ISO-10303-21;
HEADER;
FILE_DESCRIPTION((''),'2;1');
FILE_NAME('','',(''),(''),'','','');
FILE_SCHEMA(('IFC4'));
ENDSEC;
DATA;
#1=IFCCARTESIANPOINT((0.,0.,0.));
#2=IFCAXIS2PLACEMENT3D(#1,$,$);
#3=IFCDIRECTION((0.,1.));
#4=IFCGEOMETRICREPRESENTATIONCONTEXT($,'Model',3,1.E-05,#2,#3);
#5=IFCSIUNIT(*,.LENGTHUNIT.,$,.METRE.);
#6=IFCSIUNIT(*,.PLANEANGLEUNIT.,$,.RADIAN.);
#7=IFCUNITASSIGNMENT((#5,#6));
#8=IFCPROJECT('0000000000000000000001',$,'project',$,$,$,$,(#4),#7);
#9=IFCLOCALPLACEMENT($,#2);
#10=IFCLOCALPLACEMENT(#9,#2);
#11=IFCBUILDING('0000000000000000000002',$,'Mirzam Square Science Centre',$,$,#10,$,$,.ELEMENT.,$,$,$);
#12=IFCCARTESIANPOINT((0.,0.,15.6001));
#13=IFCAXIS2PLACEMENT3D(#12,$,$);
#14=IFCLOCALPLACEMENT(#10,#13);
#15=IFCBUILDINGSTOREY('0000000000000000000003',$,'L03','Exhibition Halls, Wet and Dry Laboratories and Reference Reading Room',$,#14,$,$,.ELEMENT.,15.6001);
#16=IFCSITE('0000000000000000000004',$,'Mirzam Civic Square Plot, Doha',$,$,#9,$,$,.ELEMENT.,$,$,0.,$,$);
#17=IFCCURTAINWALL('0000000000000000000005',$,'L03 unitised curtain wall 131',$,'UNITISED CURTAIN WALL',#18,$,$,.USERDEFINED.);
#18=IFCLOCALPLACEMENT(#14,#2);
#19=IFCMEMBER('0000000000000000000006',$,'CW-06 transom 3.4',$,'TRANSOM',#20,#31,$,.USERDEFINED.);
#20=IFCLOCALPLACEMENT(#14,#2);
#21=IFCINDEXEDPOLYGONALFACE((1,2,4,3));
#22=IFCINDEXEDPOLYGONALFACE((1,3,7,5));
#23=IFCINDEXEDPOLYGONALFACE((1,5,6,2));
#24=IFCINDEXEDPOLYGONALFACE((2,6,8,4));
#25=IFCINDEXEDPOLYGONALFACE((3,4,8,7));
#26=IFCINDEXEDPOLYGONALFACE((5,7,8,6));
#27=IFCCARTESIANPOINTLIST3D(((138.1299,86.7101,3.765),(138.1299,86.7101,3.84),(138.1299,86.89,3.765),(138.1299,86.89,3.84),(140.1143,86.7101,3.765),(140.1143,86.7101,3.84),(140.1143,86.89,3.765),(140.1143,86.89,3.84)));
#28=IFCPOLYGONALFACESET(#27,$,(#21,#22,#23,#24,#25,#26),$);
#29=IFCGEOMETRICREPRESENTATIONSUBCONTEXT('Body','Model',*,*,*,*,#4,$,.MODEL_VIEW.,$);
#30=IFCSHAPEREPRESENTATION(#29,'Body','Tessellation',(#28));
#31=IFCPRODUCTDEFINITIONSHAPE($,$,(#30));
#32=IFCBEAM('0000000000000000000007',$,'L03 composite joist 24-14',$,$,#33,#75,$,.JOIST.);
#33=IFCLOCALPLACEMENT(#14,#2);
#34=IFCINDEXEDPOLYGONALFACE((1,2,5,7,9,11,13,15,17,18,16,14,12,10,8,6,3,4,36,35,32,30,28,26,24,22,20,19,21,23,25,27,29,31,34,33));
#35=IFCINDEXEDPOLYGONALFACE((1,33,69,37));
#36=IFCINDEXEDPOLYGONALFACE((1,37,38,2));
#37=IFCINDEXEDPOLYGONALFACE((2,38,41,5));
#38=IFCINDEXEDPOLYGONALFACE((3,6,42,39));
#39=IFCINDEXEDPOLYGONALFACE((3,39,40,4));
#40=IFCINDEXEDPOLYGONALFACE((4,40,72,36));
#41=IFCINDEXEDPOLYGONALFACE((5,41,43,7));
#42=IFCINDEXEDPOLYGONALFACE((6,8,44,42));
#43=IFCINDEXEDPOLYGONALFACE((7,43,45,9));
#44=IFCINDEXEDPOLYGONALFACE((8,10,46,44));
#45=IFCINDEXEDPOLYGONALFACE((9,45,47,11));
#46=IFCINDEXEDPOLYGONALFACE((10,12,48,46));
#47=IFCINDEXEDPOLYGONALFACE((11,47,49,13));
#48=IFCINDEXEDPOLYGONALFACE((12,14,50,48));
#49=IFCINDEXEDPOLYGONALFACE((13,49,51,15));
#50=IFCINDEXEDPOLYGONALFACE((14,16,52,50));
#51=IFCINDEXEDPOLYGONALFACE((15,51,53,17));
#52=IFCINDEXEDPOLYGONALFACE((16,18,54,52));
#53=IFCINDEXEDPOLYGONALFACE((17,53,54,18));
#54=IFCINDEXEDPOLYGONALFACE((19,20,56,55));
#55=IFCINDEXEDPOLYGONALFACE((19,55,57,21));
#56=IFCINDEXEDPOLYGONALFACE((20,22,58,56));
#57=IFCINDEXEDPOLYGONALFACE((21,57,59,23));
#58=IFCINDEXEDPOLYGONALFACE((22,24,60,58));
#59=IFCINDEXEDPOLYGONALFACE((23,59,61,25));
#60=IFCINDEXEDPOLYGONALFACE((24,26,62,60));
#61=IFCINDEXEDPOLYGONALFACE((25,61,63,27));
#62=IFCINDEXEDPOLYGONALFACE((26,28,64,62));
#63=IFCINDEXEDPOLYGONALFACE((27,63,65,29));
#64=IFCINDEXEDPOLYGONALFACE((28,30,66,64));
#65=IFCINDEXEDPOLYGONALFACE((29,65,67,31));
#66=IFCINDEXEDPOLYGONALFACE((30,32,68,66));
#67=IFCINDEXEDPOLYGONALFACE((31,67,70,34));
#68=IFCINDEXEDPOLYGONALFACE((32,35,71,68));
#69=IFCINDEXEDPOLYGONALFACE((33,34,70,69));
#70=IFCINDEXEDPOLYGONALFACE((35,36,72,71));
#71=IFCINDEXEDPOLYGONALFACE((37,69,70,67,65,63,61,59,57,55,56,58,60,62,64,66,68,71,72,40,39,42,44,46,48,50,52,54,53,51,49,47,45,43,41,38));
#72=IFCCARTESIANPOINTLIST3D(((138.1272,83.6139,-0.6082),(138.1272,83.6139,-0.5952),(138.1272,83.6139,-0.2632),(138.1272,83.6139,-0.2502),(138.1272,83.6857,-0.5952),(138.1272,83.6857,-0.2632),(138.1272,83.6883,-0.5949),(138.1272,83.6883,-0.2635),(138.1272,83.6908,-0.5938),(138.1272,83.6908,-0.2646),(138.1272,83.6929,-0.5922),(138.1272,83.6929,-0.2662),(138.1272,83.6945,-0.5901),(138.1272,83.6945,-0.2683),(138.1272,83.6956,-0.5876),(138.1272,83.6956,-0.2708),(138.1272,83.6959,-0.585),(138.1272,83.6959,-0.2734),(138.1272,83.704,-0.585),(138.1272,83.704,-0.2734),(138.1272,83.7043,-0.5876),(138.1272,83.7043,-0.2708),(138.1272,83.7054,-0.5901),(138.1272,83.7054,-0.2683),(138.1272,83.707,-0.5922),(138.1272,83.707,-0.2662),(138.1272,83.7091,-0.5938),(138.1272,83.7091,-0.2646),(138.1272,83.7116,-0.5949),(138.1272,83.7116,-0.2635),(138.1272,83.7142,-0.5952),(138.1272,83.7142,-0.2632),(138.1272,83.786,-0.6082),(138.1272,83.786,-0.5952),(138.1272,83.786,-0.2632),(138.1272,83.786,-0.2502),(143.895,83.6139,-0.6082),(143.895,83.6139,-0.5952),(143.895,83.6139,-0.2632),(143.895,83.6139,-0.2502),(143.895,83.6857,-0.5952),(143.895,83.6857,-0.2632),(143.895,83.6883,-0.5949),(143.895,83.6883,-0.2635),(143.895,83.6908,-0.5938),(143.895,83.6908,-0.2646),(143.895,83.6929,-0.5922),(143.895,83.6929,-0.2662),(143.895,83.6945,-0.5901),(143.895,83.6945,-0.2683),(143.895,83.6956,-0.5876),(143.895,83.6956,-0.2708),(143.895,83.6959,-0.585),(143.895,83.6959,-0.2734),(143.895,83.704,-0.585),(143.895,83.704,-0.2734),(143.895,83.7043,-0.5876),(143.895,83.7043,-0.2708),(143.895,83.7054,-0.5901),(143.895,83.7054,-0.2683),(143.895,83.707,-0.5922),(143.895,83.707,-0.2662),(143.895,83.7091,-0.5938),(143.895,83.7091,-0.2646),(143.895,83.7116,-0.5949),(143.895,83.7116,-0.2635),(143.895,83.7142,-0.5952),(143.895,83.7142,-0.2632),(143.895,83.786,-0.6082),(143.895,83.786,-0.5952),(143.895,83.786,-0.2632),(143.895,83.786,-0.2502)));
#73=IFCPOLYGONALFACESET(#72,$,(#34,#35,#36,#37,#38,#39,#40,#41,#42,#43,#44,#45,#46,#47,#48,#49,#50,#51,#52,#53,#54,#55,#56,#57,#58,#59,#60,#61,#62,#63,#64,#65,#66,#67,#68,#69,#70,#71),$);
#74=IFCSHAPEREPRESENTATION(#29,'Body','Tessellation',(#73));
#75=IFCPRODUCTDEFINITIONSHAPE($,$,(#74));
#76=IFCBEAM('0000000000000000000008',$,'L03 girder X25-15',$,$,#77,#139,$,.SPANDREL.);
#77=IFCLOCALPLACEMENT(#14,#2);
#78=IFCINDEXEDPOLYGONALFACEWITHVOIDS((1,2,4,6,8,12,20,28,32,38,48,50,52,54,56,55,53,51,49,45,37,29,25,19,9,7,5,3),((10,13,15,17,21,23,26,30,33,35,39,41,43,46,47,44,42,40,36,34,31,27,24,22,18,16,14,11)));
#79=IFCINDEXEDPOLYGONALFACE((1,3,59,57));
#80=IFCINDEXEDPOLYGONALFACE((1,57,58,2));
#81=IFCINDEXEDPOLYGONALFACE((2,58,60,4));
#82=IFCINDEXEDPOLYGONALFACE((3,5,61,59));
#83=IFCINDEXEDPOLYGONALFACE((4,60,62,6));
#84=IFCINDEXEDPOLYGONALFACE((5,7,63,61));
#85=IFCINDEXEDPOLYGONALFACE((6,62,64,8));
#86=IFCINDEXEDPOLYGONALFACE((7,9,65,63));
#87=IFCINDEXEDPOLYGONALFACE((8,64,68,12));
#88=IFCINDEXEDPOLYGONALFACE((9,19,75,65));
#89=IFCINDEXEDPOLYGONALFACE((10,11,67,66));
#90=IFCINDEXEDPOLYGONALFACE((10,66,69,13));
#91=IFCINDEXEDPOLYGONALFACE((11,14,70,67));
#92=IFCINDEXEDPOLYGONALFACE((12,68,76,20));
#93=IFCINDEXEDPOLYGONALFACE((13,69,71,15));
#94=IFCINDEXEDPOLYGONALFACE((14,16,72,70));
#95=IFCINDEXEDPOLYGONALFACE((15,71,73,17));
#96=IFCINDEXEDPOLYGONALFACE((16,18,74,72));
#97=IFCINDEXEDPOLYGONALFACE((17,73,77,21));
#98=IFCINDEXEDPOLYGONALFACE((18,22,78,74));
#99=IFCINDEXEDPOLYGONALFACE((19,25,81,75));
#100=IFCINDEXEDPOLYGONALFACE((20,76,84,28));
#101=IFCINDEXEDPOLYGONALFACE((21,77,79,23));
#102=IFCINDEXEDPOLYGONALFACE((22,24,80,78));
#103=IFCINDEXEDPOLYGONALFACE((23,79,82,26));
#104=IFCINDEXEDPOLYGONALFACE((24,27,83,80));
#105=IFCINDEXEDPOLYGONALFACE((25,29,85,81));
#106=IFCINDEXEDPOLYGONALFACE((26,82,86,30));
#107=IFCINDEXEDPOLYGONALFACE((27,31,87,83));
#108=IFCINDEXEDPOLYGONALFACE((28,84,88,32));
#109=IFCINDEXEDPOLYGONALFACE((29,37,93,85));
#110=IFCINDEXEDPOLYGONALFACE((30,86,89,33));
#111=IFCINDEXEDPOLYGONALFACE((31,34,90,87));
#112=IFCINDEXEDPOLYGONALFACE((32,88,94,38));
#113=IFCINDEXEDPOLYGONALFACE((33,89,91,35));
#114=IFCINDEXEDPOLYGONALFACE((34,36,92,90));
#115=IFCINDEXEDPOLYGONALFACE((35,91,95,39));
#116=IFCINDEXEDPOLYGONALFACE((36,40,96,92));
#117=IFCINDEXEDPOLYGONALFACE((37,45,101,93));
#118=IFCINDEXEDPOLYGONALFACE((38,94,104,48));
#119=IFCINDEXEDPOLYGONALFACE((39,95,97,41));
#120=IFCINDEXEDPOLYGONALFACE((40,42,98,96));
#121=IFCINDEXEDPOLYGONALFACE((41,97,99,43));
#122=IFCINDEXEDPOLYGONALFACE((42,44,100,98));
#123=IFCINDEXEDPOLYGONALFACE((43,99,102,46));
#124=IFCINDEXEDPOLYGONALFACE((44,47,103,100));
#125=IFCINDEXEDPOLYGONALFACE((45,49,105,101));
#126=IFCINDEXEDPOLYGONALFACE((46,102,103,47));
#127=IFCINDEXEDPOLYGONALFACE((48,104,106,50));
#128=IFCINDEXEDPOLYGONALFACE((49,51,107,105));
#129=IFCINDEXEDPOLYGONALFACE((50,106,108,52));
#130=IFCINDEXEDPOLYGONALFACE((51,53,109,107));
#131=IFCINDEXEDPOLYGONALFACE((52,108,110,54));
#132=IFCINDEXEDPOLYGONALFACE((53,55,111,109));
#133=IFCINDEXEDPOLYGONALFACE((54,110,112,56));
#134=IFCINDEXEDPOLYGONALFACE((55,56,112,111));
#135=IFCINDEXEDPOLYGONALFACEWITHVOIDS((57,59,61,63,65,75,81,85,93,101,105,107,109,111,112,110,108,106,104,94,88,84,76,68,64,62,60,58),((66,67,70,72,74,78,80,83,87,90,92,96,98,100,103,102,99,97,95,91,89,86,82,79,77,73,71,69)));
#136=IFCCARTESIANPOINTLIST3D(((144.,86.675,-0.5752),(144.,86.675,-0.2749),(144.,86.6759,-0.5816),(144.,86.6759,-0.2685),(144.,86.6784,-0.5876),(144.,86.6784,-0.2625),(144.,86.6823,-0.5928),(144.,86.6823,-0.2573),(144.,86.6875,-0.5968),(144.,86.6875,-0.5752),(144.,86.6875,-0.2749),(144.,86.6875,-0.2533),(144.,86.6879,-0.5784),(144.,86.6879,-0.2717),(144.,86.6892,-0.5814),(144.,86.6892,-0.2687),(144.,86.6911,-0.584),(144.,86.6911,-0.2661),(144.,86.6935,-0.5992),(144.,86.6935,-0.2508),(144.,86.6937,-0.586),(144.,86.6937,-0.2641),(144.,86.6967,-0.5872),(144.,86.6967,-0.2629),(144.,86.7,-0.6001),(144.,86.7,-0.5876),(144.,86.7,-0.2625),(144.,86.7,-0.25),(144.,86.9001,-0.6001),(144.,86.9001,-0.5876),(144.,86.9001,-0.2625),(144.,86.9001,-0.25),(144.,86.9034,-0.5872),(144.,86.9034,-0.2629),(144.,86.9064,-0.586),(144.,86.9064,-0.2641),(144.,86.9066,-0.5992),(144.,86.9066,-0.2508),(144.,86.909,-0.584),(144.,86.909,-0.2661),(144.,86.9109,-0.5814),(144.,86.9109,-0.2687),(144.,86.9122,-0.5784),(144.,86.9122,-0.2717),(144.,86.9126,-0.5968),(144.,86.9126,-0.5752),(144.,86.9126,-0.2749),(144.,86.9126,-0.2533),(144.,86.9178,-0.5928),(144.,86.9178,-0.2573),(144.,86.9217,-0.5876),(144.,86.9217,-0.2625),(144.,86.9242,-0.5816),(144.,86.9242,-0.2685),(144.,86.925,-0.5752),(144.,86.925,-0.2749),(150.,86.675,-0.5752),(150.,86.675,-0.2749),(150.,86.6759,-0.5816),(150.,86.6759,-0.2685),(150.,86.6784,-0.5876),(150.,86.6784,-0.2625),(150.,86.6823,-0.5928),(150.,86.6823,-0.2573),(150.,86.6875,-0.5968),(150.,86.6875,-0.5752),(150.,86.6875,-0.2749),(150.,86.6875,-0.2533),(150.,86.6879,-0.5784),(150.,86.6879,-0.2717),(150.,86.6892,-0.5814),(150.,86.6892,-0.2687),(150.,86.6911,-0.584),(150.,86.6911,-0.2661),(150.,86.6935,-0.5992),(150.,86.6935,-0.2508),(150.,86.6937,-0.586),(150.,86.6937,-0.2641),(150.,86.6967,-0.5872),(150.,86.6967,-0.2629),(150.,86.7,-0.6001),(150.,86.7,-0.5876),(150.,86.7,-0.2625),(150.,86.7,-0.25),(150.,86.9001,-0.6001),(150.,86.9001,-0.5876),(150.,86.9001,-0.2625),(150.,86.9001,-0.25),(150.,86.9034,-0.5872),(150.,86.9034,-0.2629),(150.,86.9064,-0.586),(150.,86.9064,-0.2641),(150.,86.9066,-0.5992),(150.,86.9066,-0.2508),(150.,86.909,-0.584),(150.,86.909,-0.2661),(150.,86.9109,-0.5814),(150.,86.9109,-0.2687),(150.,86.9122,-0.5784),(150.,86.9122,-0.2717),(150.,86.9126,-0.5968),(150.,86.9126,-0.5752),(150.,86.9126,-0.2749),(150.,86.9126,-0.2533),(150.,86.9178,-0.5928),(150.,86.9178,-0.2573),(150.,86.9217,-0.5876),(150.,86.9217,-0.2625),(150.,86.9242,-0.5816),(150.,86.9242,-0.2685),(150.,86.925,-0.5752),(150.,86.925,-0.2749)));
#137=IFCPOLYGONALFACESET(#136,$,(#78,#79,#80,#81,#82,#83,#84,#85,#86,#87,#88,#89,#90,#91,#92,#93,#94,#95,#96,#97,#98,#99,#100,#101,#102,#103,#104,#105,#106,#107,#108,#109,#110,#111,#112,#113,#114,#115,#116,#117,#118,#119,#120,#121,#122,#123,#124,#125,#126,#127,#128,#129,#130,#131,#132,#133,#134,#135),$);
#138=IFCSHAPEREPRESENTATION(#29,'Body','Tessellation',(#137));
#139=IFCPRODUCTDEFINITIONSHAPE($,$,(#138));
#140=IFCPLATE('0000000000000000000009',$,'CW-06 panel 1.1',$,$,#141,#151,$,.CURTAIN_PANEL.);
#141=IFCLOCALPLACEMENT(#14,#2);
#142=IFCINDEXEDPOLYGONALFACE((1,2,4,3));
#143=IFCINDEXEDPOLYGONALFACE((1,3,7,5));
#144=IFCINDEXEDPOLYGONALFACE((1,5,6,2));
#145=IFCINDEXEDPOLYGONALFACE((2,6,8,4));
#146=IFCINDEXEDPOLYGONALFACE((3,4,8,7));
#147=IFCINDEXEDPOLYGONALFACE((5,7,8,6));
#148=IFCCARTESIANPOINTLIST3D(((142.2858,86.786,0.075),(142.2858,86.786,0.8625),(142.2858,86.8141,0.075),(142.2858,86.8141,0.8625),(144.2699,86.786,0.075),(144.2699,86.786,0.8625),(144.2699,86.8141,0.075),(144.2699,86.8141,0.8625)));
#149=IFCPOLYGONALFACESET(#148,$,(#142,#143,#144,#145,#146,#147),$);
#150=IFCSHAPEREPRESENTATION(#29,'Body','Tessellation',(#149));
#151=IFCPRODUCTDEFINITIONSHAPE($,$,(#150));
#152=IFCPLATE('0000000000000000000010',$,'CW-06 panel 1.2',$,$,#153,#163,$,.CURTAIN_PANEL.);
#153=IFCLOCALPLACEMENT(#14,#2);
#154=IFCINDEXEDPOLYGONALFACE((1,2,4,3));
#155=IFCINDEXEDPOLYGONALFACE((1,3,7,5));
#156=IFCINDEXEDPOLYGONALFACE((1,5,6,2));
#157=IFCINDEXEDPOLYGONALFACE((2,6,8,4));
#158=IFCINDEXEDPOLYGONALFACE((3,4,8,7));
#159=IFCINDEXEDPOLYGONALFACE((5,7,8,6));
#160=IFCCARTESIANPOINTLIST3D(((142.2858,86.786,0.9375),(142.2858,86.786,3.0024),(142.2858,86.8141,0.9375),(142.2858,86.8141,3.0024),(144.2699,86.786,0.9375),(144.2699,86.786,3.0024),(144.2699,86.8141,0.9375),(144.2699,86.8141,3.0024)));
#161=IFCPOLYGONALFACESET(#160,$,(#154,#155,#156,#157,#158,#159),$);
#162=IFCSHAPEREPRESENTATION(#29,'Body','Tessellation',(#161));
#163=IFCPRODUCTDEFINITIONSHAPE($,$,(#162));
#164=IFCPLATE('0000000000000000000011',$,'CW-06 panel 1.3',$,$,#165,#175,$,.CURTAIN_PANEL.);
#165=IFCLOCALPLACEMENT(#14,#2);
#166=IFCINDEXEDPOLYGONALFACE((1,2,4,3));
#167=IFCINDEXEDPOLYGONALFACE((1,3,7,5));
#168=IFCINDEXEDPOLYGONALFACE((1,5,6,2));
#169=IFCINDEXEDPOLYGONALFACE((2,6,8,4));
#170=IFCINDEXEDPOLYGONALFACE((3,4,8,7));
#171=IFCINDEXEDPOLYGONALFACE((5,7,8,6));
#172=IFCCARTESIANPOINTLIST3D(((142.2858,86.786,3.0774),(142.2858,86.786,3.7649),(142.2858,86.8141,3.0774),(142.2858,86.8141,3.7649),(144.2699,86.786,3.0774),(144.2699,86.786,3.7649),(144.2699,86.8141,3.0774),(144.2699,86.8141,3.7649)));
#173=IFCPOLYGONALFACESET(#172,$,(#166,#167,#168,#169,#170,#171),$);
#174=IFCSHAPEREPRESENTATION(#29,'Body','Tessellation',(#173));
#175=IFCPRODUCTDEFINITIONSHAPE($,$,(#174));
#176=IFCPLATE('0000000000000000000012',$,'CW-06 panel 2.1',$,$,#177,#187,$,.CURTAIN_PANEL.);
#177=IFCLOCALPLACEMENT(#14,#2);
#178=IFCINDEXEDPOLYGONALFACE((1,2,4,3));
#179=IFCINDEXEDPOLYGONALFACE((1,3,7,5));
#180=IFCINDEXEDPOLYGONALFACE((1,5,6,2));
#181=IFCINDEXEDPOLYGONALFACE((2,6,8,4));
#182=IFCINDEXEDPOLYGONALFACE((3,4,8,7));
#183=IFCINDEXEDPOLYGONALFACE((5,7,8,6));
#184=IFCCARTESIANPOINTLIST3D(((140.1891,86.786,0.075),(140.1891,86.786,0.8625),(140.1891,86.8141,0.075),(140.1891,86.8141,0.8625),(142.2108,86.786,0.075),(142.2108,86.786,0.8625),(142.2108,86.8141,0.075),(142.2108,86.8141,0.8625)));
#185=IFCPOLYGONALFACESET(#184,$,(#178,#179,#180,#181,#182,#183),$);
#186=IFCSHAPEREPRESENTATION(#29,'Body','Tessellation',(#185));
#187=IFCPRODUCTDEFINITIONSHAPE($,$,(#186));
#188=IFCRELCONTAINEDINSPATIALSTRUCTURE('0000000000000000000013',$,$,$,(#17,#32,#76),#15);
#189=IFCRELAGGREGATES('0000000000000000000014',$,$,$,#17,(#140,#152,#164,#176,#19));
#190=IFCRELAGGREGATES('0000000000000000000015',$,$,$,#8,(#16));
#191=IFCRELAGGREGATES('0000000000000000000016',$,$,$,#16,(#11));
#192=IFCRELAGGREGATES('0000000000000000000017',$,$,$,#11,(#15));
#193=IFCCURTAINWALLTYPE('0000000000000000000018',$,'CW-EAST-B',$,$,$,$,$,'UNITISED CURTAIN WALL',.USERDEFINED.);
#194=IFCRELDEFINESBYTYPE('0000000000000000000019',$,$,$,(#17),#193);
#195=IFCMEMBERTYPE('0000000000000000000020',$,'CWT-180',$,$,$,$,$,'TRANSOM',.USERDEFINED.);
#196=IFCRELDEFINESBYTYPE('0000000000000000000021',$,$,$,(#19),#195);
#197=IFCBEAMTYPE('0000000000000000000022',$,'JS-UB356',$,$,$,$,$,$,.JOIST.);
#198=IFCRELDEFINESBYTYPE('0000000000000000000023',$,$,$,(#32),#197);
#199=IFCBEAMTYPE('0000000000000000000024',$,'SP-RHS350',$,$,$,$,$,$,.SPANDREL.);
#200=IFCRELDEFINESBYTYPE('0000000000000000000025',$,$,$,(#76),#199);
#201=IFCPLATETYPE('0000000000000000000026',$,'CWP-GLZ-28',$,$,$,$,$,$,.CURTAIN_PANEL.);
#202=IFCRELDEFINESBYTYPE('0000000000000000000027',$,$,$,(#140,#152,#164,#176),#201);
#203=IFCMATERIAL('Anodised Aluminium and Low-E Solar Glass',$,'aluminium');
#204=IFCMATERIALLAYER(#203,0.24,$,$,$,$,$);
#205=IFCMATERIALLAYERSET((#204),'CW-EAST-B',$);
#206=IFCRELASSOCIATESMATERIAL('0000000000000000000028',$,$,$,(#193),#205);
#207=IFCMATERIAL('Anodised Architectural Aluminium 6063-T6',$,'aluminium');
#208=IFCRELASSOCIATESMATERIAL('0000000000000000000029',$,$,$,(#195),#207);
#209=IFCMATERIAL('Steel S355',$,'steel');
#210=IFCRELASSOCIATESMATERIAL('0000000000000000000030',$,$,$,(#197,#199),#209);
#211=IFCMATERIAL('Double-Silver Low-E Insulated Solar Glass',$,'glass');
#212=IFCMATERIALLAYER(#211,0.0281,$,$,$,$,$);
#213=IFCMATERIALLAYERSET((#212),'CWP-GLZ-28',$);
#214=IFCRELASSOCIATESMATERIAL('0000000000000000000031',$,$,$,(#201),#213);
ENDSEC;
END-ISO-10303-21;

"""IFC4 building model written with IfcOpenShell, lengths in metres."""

from ifc_helpers import new_model, si_unit, direction, frame, origin, origin_2d, place, context, subcontext, project, spatial, rectangle, hollow_rectangle, i_section, extrude, material, layer, layer_set, material_profile, profile_set, type_object, element, aggregate, save


model = new_model("IFC4")

# Units and contexts
model_context = context("Model", 3, precision=1e-05, world=origin(), true_north=direction((0.0, 1.0)))
body_context = subcontext(model_context, "Body", "Model", "MODEL_VIEW")
ifc_project = project(units=[si_unit("LENGTHUNIT", "METRE"), si_unit("PLANEANGLEUNIT", "RADIAN")], contexts=[model_context])

# Site, building, storey
site_placement = place(None, origin())
site = spatial("IfcSite", under=ifc_project, at=site_placement, Name="Mirzam Civic Square Plot, Doha", CompositionType="ELEMENT", RefElevation=0.0)
building_placement = place(site_placement, origin())
building = spatial("IfcBuilding", under=site, at=building_placement, Name="Mirzam Square Science Centre", CompositionType="ELEMENT")
storey_placement = place(building_placement, frame((0.0, 0.0, 15.6001)))
storey = spatial("IfcBuildingStorey", under=building, at=storey_placement, Name="L03", Description="Exhibition Halls, Wet and Dry Laboratories and Reference Reading Room", CompositionType="ELEMENT", Elevation=15.6001)

# Shared definitions
ifc_material_1 = material(Name="Steel S355", Category="steel")

# Curtain wall, member
ifc_material_2 = material(Name="Anodised Aluminium and Low-E Solar Glass", Category="aluminium")
ifc_layer_1 = layer(ifc_material_2, 0.24)
ifc_layer_set_1 = layer_set([ifc_layer_1], Name="CW-EAST-B")
curtain_wall_type_1 = type_object("IfcCurtainWallType", Name="CW-EAST-B", ElementType="UNITISED CURTAIN WALL", PredefinedType="USERDEFINED", material=ifc_layer_set_1)
curtain_wall_1_placement = place(storey_placement, origin())
curtain_wall_1 = element("IfcCurtainWall", 1, at=curtain_wall_1_placement, inside=storey, type_object=curtain_wall_type_1, Name="L03 unitised curtain wall 131", ObjectType="UNITISED CURTAIN WALL", PredefinedType="USERDEFINED")
ifc_material_3 = material(Name="Anodised Architectural Aluminium 6063-T6", Category="aluminium")
ifc_material_profile_1 = material_profile(ifc_material_3, rectangle(XDim=0.1799, YDim=0.075, at=origin_2d()), Name="ALU-TRAN-180x75x5")
ifc_profile_set_1 = profile_set([ifc_material_profile_1], Name="Anodised Architectural Aluminium 6063-T6")
member_type_1 = type_object("IfcMemberType", Name="CWT-180", ElementType="TRANSOM", PredefinedType="USERDEFINED", material=ifc_profile_set_1)
member_1_placement = place(storey_placement, frame((140.1143, 86.8, 3.8025), z_axis=(-1.0, 0.0, 0.0), x_axis=(0.0, -1.0, 0.0)))
member_1 = element("IfcMember", 2, at=member_1_placement, type_object=member_type_1, Name="CW-06 transom 3.4", ObjectType="TRANSOM", PredefinedType="USERDEFINED", context=body_context, shape_type="SweptSolid", body=[
    extrude(rectangle(XDim=0.1799, YDim=0.075, at=origin_2d()), origin(), (0.0, 0.0, 1.0), 1.9844),
])

# Beams
ifc_material_profile_2 = material_profile(ifc_material_1, i_section(OverallWidth=0.1721, OverallDepth=0.3579, WebThickness=0.0081, FlangeThickness=0.0129, FilletRadius=0.0103, at=origin_2d()), Name="356x171x57UB")
ifc_profile_set_2 = profile_set([ifc_material_profile_2], Name="Steel S355")
beam_type_1 = type_object("IfcBeamType", Name="JS-UB356", PredefinedType="JOIST", material=ifc_profile_set_2)
beam_1_placement = place(storey_placement, frame((138.1272, 83.7, -0.4292), z_axis=(1.0, 0.0, 0.0), x_axis=(0.0, 1.0, 0.0)))
element("IfcBeam", 3, at=beam_1_placement, inside=storey, type_object=beam_type_1, Name="L03 composite joist 24-14", PredefinedType="JOIST", context=body_context, shape_type="SweptSolid", body=[
    extrude(i_section(OverallWidth=0.1721, OverallDepth=0.3579, WebThickness=0.0081, FlangeThickness=0.0129, FilletRadius=0.0103, at=origin_2d()), origin(), (0.0, 0.0, 1.0), 5.7678),
])
ifc_material_profile_3 = material_profile(ifc_material_1, hollow_rectangle(XDim=0.25, YDim=0.3501, WallThickness=0.0125, InnerFilletRadius=0.0125, OuterFilletRadius=0.0249, at=origin_2d()), Name="350x250x12.5RHS")
ifc_profile_set_3 = profile_set([ifc_material_profile_3], Name="Steel S355")
beam_type_2 = type_object("IfcBeamType", Name="SP-RHS350", PredefinedType="SPANDREL", material=ifc_profile_set_3)
beam_2_placement = place(storey_placement, frame((144.0, 86.8, -0.425), z_axis=(1.0, 0.0, 0.0), x_axis=(0.0, 1.0, 0.0)))
element("IfcBeam", 4, at=beam_2_placement, inside=storey, type_object=beam_type_2, Name="L03 girder X25-15", PredefinedType="SPANDREL", context=body_context, shape_type="SweptSolid", body=[
    extrude(hollow_rectangle(XDim=0.25, YDim=0.3501, WallThickness=0.0125, InnerFilletRadius=0.0125, OuterFilletRadius=0.0249, at=origin_2d()), origin(), (0.0, 0.0, 1.0), 6.0),
])

# Plates
ifc_material_4 = material(Name="Double-Silver Low-E Insulated Solar Glass", Category="glass")
ifc_layer_2 = layer(ifc_material_4, 0.0281)
ifc_layer_set_2 = layer_set([ifc_layer_2], Name="CWP-GLZ-28")
plate_type_1 = type_object("IfcPlateType", Name="CWP-GLZ-28", PredefinedType="CURTAIN_PANEL", material=ifc_layer_set_2)
plate_1_placement = place(storey_placement, frame((143.2778, 86.8, 0.075), z_axis=(0.0, 0.0, 1.0), x_axis=(-1.0, 0.0, 0.0)))
plate_1 = element("IfcPlate", 5, at=plate_1_placement, type_object=plate_type_1, Name="CW-06 panel 1.1", PredefinedType="CURTAIN_PANEL", context=body_context, shape_type="SweptSolid", body=[
    extrude(rectangle(XDim=1.9841, YDim=0.0281, at=origin_2d()), origin(), (0.0, 0.0, 1.0), 0.7876),
])
plate_2_placement = place(storey_placement, frame((143.2778, 86.8, 0.9375), z_axis=(0.0, 0.0, 1.0), x_axis=(-1.0, 0.0, 0.0)))
plate_2 = element("IfcPlate", 6, at=plate_2_placement, type_object=plate_type_1, Name="CW-06 panel 1.2", PredefinedType="CURTAIN_PANEL", context=body_context, shape_type="SweptSolid", body=[
    extrude(rectangle(XDim=1.9841, YDim=0.0281, at=origin_2d()), origin(), (0.0, 0.0, 1.0), 2.0649),
])
plate_3_placement = place(storey_placement, frame((143.2778, 86.8, 3.0774), z_axis=(0.0, 0.0, 1.0), x_axis=(-1.0, 0.0, 0.0)))
plate_3 = element("IfcPlate", 7, at=plate_3_placement, type_object=plate_type_1, Name="CW-06 panel 1.3", PredefinedType="CURTAIN_PANEL", context=body_context, shape_type="SweptSolid", body=[
    extrude(rectangle(XDim=1.9841, YDim=0.0281, at=origin_2d()), origin(), (0.0, 0.0, 1.0), 0.6875),
])
plate_4_placement = place(storey_placement, frame((141.2, 86.8, 0.075), z_axis=(0.0, 0.0, 1.0), x_axis=(-1.0, 0.0, 0.0)))
plate_4 = element("IfcPlate", 8, at=plate_4_placement, type_object=plate_type_1, Name="CW-06 panel 2.1", PredefinedType="CURTAIN_PANEL", context=body_context, shape_type="SweptSolid", body=[
    extrude(rectangle(XDim=2.0217, YDim=0.0281, at=origin_2d()), origin(), (0.0, 0.0, 1.0), 0.7876),
])
aggregate(curtain_wall_1, [plate_1, plate_2, plate_3, plate_4, member_1])

save(model, "model.ifc")
